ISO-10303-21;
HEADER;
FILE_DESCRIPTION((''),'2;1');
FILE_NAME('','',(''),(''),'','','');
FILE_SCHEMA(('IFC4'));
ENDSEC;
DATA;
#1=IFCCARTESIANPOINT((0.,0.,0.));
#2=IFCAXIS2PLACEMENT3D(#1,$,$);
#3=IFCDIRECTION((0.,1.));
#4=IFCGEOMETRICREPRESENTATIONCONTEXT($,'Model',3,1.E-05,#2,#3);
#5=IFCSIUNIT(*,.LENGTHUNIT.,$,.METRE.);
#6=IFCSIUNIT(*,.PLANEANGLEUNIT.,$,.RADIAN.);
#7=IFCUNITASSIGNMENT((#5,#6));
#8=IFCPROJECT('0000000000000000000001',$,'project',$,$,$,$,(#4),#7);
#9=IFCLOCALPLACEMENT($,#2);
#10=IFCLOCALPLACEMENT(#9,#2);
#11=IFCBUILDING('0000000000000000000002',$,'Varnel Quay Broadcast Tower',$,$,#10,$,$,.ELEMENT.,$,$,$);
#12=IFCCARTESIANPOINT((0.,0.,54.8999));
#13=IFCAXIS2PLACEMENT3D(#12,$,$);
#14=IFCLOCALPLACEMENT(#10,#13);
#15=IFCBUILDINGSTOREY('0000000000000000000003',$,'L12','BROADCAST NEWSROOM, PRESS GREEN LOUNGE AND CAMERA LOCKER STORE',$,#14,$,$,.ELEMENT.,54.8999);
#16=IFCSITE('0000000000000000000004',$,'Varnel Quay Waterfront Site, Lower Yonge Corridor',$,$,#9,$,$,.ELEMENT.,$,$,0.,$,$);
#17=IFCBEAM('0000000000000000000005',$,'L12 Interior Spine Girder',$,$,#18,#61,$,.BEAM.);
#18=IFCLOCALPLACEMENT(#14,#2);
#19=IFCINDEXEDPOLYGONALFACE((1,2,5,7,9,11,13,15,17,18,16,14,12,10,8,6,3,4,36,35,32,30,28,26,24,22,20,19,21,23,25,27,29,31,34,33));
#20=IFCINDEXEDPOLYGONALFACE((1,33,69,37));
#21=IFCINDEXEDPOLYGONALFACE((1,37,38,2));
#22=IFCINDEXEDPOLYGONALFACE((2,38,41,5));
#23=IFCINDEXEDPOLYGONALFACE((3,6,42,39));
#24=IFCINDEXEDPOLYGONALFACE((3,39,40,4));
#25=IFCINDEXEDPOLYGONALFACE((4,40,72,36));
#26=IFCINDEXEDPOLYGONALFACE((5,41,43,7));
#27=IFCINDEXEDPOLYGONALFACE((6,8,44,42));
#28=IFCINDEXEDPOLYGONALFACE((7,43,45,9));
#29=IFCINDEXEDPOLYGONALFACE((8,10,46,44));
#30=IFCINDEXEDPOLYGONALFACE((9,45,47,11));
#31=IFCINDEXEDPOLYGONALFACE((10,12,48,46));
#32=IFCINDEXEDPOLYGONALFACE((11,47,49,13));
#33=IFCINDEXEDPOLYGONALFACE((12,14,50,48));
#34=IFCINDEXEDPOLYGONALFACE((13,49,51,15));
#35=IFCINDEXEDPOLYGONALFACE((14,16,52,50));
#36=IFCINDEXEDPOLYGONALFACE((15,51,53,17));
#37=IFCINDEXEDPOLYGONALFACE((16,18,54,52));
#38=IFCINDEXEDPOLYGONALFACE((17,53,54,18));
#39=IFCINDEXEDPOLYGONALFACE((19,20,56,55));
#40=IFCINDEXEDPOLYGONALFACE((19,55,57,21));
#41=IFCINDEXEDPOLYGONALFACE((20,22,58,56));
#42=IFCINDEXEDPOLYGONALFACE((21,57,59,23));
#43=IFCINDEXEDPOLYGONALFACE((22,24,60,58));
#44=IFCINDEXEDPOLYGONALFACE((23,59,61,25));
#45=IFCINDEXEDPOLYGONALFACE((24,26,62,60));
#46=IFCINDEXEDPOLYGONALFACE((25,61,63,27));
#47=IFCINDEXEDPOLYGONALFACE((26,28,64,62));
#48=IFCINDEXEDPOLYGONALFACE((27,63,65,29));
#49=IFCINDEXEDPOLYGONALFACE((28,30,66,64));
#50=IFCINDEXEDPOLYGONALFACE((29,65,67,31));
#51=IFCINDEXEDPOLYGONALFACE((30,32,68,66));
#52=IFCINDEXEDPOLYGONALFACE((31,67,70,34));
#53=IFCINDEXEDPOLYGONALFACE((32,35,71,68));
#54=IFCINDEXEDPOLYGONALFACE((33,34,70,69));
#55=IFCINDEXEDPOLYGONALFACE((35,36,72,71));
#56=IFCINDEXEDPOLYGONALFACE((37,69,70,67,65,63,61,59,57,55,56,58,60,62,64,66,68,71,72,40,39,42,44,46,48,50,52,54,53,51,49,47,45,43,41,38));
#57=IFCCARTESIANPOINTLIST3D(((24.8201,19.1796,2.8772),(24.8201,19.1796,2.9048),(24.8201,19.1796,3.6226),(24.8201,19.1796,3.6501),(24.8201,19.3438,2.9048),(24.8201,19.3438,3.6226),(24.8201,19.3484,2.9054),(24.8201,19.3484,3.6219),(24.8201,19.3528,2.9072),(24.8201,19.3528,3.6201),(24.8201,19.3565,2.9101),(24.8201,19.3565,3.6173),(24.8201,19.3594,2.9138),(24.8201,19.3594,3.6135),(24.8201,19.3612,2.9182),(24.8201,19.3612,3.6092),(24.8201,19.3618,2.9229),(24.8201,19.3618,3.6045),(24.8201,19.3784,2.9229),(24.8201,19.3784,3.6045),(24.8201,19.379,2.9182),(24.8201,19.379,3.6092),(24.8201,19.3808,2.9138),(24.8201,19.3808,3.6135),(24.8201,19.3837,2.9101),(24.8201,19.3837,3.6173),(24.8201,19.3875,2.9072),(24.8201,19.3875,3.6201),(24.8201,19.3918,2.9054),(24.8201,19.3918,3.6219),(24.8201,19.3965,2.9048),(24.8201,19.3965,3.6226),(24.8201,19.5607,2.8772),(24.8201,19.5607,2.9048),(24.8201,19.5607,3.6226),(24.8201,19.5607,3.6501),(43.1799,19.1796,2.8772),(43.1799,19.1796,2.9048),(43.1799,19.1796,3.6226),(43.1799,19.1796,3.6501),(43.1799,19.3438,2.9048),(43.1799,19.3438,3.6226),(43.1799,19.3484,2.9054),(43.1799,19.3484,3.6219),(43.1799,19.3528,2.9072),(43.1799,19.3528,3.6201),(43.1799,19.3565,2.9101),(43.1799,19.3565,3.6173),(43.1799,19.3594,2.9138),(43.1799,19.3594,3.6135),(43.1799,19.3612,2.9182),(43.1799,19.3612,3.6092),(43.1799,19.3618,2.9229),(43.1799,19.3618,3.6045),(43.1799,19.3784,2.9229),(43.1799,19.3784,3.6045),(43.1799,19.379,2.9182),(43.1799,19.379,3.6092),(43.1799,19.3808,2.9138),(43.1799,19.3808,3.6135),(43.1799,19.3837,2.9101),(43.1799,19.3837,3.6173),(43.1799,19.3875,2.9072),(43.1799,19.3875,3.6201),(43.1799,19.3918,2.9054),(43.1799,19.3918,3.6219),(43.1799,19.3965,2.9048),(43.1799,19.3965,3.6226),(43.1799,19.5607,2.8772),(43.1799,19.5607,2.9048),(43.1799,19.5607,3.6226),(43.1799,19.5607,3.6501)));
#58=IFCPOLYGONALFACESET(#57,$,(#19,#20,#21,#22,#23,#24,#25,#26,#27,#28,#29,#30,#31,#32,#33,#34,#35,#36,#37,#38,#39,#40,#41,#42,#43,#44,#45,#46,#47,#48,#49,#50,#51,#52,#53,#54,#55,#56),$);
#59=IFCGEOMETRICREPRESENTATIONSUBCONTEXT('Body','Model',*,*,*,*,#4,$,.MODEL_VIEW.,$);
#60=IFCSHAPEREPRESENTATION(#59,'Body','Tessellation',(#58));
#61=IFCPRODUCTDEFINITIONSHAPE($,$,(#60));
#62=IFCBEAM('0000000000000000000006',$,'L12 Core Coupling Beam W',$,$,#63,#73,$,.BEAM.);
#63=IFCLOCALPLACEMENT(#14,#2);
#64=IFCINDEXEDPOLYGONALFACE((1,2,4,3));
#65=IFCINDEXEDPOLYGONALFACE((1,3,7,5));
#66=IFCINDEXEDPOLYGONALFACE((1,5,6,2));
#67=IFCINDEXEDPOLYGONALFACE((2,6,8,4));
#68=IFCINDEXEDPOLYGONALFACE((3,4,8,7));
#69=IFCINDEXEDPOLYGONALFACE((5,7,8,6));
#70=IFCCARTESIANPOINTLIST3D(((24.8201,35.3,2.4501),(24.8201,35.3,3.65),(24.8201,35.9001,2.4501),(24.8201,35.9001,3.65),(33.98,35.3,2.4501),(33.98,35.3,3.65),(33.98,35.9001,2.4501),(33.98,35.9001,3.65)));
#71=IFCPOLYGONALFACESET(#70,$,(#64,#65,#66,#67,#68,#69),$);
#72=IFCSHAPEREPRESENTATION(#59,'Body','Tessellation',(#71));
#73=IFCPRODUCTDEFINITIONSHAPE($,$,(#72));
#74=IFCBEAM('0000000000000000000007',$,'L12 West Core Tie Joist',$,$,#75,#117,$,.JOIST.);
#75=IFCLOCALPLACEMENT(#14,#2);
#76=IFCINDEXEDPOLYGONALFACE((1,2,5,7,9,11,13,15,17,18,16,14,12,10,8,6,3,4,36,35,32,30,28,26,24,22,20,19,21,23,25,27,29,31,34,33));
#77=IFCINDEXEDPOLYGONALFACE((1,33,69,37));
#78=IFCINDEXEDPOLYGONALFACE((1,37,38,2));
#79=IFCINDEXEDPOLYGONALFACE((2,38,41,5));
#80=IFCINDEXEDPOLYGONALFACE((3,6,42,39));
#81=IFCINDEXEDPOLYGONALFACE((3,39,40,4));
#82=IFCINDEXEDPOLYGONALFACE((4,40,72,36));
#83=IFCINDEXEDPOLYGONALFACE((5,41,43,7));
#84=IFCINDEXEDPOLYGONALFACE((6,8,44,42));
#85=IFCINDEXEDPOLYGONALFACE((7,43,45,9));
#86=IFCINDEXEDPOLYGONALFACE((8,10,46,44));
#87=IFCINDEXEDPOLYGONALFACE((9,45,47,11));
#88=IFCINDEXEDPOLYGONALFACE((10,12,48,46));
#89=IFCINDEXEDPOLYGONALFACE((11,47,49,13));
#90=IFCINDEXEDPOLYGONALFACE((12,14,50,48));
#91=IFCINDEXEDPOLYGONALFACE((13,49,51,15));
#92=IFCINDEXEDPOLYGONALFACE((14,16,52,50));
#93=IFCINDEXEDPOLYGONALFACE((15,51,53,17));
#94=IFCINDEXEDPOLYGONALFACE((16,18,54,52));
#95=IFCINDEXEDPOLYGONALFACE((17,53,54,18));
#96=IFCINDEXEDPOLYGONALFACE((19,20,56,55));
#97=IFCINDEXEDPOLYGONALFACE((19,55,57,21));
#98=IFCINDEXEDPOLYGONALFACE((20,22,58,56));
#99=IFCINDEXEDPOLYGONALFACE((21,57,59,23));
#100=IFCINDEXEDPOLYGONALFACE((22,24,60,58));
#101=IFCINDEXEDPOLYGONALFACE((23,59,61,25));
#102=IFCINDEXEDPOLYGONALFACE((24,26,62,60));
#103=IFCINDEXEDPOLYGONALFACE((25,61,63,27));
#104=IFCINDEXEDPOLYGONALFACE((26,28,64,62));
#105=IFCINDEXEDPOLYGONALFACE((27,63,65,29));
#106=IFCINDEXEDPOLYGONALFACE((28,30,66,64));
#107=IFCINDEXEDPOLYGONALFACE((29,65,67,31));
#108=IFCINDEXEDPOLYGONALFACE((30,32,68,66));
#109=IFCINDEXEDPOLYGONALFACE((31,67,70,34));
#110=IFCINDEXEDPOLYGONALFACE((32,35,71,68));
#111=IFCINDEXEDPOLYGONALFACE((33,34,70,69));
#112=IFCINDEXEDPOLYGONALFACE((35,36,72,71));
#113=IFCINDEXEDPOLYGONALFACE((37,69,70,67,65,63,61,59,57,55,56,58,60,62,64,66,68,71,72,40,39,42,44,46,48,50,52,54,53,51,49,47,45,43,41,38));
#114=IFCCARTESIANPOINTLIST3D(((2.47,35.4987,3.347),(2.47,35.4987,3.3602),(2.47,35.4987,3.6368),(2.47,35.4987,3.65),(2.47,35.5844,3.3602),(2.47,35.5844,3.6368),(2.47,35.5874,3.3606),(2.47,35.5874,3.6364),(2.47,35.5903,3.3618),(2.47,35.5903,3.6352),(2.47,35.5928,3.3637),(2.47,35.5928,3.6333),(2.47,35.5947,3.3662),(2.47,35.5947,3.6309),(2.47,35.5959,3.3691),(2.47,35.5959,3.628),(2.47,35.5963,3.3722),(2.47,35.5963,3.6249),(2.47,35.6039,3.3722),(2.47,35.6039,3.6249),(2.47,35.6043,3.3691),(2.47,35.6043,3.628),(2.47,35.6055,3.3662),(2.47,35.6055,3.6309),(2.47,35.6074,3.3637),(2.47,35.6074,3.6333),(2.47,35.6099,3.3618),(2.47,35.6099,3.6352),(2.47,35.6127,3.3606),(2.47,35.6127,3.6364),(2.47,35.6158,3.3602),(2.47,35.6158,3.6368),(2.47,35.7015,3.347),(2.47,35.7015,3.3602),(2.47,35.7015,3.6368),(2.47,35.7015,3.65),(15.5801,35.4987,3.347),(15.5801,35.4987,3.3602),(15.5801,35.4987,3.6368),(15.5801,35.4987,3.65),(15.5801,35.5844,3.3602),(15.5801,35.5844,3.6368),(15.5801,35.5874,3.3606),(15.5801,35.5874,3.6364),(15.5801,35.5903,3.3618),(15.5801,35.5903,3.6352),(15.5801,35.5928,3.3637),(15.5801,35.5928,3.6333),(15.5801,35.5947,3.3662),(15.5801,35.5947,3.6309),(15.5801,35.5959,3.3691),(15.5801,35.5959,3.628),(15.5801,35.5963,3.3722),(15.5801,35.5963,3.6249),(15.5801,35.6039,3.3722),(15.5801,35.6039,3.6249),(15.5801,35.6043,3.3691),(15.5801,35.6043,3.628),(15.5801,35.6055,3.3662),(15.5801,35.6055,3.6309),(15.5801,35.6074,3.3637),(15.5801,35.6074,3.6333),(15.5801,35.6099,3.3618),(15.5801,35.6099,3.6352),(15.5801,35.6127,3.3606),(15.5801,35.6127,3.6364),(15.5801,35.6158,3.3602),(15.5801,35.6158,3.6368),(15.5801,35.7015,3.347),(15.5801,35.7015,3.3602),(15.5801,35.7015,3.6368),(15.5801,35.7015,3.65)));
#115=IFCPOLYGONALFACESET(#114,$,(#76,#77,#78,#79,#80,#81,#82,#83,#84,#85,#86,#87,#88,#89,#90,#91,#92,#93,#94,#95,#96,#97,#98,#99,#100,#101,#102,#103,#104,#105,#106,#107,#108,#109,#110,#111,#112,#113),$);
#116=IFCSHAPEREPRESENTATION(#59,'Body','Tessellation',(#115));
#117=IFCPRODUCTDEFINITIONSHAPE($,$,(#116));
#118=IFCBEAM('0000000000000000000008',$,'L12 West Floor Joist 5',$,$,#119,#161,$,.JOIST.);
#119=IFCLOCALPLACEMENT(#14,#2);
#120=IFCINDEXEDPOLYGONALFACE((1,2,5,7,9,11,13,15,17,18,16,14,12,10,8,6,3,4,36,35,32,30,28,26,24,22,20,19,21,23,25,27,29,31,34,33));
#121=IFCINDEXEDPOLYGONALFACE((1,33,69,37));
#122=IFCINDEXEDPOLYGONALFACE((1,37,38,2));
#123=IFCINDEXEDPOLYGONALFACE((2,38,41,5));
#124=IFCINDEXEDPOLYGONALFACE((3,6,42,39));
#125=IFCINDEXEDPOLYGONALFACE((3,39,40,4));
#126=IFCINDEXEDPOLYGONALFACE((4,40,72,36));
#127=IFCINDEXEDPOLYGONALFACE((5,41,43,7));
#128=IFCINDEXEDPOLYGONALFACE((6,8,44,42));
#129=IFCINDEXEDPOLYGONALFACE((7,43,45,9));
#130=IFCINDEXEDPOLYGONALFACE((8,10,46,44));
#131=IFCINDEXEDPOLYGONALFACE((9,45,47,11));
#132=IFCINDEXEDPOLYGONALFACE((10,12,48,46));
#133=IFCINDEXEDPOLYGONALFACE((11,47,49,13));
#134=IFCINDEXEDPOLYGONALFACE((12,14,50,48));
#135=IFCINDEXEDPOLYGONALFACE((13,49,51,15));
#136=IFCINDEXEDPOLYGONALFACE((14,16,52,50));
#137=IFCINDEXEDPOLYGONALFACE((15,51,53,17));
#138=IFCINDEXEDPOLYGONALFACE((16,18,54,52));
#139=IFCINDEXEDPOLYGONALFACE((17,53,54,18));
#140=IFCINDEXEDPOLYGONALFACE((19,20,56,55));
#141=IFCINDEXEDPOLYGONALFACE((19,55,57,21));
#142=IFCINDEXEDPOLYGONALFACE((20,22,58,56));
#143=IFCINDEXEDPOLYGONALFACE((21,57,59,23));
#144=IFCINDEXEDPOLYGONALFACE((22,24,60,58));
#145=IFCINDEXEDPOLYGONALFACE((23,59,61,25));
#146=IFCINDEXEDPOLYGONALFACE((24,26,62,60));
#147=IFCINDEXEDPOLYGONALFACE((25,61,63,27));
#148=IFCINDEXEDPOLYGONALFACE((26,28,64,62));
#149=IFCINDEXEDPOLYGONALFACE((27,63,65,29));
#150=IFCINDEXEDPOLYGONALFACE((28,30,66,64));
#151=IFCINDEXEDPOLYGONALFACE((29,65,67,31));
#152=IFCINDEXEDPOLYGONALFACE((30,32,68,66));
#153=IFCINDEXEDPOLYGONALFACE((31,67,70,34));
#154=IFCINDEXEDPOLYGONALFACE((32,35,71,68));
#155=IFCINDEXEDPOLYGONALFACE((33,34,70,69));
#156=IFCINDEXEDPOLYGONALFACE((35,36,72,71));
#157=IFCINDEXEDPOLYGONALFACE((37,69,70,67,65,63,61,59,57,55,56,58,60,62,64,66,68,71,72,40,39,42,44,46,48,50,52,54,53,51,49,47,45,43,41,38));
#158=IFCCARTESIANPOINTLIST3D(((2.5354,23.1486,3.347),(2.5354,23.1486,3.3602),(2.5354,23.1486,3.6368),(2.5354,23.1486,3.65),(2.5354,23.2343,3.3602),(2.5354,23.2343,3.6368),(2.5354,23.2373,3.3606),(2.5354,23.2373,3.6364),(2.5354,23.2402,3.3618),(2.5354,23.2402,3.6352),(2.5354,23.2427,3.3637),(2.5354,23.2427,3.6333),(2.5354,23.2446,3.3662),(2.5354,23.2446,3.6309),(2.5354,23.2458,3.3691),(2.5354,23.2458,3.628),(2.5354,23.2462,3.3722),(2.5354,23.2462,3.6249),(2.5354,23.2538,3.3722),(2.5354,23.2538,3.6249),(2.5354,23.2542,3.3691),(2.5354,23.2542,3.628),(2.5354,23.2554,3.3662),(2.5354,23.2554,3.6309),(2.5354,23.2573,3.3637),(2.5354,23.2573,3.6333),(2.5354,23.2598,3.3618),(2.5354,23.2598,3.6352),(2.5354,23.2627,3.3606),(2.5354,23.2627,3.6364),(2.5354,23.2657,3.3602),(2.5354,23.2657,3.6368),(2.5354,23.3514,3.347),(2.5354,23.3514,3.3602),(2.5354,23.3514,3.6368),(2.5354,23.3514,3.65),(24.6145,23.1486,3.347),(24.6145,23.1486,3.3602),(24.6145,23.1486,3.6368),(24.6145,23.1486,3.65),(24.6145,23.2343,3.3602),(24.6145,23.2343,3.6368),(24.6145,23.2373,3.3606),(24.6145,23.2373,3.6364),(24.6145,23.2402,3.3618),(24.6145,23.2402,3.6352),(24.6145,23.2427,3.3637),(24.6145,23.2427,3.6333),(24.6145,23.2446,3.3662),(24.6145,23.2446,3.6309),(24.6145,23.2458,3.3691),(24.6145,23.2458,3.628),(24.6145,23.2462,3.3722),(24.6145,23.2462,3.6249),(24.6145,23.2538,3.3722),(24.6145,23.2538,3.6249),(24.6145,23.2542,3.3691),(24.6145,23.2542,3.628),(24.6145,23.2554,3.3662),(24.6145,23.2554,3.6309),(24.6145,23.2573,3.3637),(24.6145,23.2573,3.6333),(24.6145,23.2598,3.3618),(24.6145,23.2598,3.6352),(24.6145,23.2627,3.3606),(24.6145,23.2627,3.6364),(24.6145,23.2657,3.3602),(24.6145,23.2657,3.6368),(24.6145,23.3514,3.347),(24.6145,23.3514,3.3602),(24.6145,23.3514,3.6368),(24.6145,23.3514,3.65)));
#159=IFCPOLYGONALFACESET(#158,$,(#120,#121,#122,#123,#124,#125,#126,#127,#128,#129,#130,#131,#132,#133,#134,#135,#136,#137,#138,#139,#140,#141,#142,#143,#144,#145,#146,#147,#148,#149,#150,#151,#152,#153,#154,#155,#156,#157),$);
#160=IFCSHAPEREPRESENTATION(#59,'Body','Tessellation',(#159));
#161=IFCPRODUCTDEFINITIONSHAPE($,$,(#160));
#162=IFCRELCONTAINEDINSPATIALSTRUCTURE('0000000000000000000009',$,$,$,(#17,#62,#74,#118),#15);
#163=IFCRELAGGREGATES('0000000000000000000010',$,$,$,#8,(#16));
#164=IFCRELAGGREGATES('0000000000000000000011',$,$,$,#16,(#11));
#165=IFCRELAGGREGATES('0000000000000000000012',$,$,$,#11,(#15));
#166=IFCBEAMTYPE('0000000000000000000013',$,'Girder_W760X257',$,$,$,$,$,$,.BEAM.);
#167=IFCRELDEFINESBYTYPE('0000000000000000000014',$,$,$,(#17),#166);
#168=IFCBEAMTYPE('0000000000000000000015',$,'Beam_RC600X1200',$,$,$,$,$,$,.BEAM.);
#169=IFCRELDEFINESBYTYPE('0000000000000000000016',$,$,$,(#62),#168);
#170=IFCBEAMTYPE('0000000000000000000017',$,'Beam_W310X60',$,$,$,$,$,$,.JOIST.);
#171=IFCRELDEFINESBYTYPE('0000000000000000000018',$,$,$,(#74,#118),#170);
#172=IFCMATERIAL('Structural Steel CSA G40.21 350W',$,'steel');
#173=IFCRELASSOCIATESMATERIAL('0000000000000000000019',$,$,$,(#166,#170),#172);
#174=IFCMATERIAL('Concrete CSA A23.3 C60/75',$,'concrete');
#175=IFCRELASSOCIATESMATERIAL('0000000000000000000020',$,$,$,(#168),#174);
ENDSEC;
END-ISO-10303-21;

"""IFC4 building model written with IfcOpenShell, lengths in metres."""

from ifc_helpers import new_model, si_unit, direction, frame, origin, origin_2d, place, context, subcontext, project, spatial, rectangle, i_section, extrude, source, transform, mapped, material, material_profile, profile_set, type_object, type_shapes, element, save


model = new_model("IFC4")

# Units and contexts
model_context = context("Model", 3, precision=1e-05, world=origin(), true_north=direction((0.0, 1.0)))
body_context = subcontext(model_context, "Body", "Model", "MODEL_VIEW")
ifc_project = project(units=[si_unit("LENGTHUNIT", "METRE"), si_unit("PLANEANGLEUNIT", "RADIAN")], contexts=[model_context])

# Site, building, storey
site_placement = place(None, origin())
site = spatial("IfcSite", under=ifc_project, at=site_placement, Name="Varnel Quay Waterfront Site, Lower Yonge Corridor", CompositionType="ELEMENT", RefElevation=0.0)
building_placement = place(site_placement, origin())
building = spatial("IfcBuilding", under=site, at=building_placement, Name="Varnel Quay Broadcast Tower", CompositionType="ELEMENT")
storey_placement = place(building_placement, frame((0.0, 0.0, 54.8999)))
storey = spatial("IfcBuildingStorey", under=building, at=storey_placement, Name="L12", Description="BROADCAST NEWSROOM, PRESS GREEN LOUNGE AND CAMERA LOCKER STORE", CompositionType="ELEMENT", Elevation=54.8999)

# Shared definitions
ifc_material_1 = material(Name="Structural Steel CSA G40.21 350W", Category="steel")
ifc_material_2 = material(Name="Concrete CSA A23.3 C60/75", Category="concrete")

# Beams
ifc_material_profile_1 = material_profile(ifc_material_1, i_section(OverallWidth=0.3811, OverallDepth=0.7729, WebThickness=0.0166, FlangeThickness=0.0276, FilletRadius=0.0181, at=origin_2d()), Name="W760X257")
ifc_profile_set_1 = profile_set([ifc_material_profile_1], Name="Structural Steel CSA G40.21 350W")
beam_type_1 = type_object("IfcBeamType", Name="Girder_W760X257", PredefinedType="BEAM", material=ifc_profile_set_1)
shared_shape_1 = source(origin(), body_context, "Body", "SweptSolid", [
    extrude(i_section(OverallWidth=0.3811, OverallDepth=0.7729, WebThickness=0.0166, FlangeThickness=0.0276, FilletRadius=0.0181, at=origin_2d()), origin(), (0.0, 0.0, 1.0), 18.3599),
])
beam_1_placement = place(storey_placement, frame((24.8201, 19.3701, 3.2637), z_axis=(1.0, 0.0, 0.0), x_axis=(0.0, 1.0, 0.0)))
element("IfcBeam", 1, at=beam_1_placement, inside=storey, type_object=beam_type_1, Name="L12 Interior Spine Girder", PredefinedType="BEAM", context=body_context, shape_type="MappedRepresentation", body=[
    mapped(shared_shape_1, transform((0.0, 0.0, 0.0), x_axis=(1.0, 0.0, 0.0), y_axis=(0.0, 1.0, 0.0), z_axis=(0.0, 0.0, 1.0), scale=1.0)),
])
ifc_material_profile_2 = material_profile(ifc_material_2, rectangle(XDim=0.6001, YDim=1.2, at=origin_2d()), Name="RC600X1200")
ifc_profile_set_2 = profile_set([ifc_material_profile_2], Name="Concrete CSA A23.3 C60/75")
beam_type_2 = type_object("IfcBeamType", Name="Beam_RC600X1200", PredefinedType="BEAM", material=ifc_profile_set_2)
shared_shape_2 = source(origin(), body_context, "Body", "SweptSolid", [
    extrude(rectangle(XDim=0.6001, YDim=1.2, at=origin_2d()), origin(), (0.0, 0.0, 1.0), 9.1599),
])
type_shapes(beam_type_2, [shared_shape_2])
beam_2_placement = place(storey_placement, frame((24.8201, 35.6001, 3.05), z_axis=(1.0, 0.0, 0.0), x_axis=(0.0, 1.0, 0.0)))
element("IfcBeam", 2, at=beam_2_placement, inside=storey, type_object=beam_type_2, Name="L12 Core Coupling Beam W", PredefinedType="BEAM", context=body_context, shape_type="MappedRepresentation", body=[
    mapped(shared_shape_2, transform((0.0, 0.0, 0.0), x_axis=(1.0, 0.0, 0.0), y_axis=(0.0, 1.0, 0.0), z_axis=(0.0, 0.0, 1.0), scale=1.0)),
])
ifc_material_profile_3 = material_profile(ifc_material_1, i_section(OverallWidth=0.2029, OverallDepth=0.303, WebThickness=0.0076, FlangeThickness=0.0132, FilletRadius=0.012, at=origin_2d()), Name="W310X60")
ifc_profile_set_3 = profile_set([ifc_material_profile_3], Name="Structural Steel CSA G40.21 350W")
beam_type_3 = type_object("IfcBeamType", Name="Beam_W310X60", PredefinedType="JOIST", material=ifc_profile_set_3)
shared_shape_3 = source(origin(), body_context, "Body", "SweptSolid", [
    extrude(i_section(OverallWidth=0.2029, OverallDepth=0.303, WebThickness=0.0076, FlangeThickness=0.0132, FilletRadius=0.012, at=origin_2d()), origin(), (0.0, 0.0, 1.0), 13.1101),
])
beam_3_placement = place(storey_placement, frame((2.47, 35.6001, 3.4985), z_axis=(1.0, 0.0, 0.0), x_axis=(0.0, 1.0, 0.0)))
element("IfcBeam", 3, at=beam_3_placement, inside=storey, type_object=beam_type_3, Name="L12 West Core Tie Joist", PredefinedType="JOIST", context=body_context, shape_type="MappedRepresentation", body=[
    mapped(shared_shape_3, transform((0.0, 0.0, 0.0), x_axis=(1.0, 0.0, 0.0), y_axis=(0.0, 1.0, 0.0), z_axis=(0.0, 0.0, 1.0), scale=1.0)),
])
shared_shape_4 = source(origin(), body_context, "Body", "SweptSolid", [
    extrude(i_section(OverallWidth=0.2029, OverallDepth=0.303, WebThickness=0.0076, FlangeThickness=0.0132, FilletRadius=0.012, at=origin_2d()), origin(), (0.0, 0.0, 1.0), 22.0791),
])
beam_4_placement = place(storey_placement, frame((2.5354, 23.25, 3.4985), z_axis=(1.0, 0.0, 0.0), x_axis=(0.0, 1.0, 0.0)))
element("IfcBeam", 4, at=beam_4_placement, inside=storey, type_object=beam_type_3, Name="L12 West Floor Joist 5", PredefinedType="JOIST", context=body_context, shape_type="MappedRepresentation", body=[
    mapped(shared_shape_4, transform((0.0, 0.0, 0.0), x_axis=(1.0, 0.0, 0.0), y_axis=(0.0, 1.0, 0.0), z_axis=(0.0, 0.0, 1.0), scale=1.0)),
])

save(model, "model.ifc")
